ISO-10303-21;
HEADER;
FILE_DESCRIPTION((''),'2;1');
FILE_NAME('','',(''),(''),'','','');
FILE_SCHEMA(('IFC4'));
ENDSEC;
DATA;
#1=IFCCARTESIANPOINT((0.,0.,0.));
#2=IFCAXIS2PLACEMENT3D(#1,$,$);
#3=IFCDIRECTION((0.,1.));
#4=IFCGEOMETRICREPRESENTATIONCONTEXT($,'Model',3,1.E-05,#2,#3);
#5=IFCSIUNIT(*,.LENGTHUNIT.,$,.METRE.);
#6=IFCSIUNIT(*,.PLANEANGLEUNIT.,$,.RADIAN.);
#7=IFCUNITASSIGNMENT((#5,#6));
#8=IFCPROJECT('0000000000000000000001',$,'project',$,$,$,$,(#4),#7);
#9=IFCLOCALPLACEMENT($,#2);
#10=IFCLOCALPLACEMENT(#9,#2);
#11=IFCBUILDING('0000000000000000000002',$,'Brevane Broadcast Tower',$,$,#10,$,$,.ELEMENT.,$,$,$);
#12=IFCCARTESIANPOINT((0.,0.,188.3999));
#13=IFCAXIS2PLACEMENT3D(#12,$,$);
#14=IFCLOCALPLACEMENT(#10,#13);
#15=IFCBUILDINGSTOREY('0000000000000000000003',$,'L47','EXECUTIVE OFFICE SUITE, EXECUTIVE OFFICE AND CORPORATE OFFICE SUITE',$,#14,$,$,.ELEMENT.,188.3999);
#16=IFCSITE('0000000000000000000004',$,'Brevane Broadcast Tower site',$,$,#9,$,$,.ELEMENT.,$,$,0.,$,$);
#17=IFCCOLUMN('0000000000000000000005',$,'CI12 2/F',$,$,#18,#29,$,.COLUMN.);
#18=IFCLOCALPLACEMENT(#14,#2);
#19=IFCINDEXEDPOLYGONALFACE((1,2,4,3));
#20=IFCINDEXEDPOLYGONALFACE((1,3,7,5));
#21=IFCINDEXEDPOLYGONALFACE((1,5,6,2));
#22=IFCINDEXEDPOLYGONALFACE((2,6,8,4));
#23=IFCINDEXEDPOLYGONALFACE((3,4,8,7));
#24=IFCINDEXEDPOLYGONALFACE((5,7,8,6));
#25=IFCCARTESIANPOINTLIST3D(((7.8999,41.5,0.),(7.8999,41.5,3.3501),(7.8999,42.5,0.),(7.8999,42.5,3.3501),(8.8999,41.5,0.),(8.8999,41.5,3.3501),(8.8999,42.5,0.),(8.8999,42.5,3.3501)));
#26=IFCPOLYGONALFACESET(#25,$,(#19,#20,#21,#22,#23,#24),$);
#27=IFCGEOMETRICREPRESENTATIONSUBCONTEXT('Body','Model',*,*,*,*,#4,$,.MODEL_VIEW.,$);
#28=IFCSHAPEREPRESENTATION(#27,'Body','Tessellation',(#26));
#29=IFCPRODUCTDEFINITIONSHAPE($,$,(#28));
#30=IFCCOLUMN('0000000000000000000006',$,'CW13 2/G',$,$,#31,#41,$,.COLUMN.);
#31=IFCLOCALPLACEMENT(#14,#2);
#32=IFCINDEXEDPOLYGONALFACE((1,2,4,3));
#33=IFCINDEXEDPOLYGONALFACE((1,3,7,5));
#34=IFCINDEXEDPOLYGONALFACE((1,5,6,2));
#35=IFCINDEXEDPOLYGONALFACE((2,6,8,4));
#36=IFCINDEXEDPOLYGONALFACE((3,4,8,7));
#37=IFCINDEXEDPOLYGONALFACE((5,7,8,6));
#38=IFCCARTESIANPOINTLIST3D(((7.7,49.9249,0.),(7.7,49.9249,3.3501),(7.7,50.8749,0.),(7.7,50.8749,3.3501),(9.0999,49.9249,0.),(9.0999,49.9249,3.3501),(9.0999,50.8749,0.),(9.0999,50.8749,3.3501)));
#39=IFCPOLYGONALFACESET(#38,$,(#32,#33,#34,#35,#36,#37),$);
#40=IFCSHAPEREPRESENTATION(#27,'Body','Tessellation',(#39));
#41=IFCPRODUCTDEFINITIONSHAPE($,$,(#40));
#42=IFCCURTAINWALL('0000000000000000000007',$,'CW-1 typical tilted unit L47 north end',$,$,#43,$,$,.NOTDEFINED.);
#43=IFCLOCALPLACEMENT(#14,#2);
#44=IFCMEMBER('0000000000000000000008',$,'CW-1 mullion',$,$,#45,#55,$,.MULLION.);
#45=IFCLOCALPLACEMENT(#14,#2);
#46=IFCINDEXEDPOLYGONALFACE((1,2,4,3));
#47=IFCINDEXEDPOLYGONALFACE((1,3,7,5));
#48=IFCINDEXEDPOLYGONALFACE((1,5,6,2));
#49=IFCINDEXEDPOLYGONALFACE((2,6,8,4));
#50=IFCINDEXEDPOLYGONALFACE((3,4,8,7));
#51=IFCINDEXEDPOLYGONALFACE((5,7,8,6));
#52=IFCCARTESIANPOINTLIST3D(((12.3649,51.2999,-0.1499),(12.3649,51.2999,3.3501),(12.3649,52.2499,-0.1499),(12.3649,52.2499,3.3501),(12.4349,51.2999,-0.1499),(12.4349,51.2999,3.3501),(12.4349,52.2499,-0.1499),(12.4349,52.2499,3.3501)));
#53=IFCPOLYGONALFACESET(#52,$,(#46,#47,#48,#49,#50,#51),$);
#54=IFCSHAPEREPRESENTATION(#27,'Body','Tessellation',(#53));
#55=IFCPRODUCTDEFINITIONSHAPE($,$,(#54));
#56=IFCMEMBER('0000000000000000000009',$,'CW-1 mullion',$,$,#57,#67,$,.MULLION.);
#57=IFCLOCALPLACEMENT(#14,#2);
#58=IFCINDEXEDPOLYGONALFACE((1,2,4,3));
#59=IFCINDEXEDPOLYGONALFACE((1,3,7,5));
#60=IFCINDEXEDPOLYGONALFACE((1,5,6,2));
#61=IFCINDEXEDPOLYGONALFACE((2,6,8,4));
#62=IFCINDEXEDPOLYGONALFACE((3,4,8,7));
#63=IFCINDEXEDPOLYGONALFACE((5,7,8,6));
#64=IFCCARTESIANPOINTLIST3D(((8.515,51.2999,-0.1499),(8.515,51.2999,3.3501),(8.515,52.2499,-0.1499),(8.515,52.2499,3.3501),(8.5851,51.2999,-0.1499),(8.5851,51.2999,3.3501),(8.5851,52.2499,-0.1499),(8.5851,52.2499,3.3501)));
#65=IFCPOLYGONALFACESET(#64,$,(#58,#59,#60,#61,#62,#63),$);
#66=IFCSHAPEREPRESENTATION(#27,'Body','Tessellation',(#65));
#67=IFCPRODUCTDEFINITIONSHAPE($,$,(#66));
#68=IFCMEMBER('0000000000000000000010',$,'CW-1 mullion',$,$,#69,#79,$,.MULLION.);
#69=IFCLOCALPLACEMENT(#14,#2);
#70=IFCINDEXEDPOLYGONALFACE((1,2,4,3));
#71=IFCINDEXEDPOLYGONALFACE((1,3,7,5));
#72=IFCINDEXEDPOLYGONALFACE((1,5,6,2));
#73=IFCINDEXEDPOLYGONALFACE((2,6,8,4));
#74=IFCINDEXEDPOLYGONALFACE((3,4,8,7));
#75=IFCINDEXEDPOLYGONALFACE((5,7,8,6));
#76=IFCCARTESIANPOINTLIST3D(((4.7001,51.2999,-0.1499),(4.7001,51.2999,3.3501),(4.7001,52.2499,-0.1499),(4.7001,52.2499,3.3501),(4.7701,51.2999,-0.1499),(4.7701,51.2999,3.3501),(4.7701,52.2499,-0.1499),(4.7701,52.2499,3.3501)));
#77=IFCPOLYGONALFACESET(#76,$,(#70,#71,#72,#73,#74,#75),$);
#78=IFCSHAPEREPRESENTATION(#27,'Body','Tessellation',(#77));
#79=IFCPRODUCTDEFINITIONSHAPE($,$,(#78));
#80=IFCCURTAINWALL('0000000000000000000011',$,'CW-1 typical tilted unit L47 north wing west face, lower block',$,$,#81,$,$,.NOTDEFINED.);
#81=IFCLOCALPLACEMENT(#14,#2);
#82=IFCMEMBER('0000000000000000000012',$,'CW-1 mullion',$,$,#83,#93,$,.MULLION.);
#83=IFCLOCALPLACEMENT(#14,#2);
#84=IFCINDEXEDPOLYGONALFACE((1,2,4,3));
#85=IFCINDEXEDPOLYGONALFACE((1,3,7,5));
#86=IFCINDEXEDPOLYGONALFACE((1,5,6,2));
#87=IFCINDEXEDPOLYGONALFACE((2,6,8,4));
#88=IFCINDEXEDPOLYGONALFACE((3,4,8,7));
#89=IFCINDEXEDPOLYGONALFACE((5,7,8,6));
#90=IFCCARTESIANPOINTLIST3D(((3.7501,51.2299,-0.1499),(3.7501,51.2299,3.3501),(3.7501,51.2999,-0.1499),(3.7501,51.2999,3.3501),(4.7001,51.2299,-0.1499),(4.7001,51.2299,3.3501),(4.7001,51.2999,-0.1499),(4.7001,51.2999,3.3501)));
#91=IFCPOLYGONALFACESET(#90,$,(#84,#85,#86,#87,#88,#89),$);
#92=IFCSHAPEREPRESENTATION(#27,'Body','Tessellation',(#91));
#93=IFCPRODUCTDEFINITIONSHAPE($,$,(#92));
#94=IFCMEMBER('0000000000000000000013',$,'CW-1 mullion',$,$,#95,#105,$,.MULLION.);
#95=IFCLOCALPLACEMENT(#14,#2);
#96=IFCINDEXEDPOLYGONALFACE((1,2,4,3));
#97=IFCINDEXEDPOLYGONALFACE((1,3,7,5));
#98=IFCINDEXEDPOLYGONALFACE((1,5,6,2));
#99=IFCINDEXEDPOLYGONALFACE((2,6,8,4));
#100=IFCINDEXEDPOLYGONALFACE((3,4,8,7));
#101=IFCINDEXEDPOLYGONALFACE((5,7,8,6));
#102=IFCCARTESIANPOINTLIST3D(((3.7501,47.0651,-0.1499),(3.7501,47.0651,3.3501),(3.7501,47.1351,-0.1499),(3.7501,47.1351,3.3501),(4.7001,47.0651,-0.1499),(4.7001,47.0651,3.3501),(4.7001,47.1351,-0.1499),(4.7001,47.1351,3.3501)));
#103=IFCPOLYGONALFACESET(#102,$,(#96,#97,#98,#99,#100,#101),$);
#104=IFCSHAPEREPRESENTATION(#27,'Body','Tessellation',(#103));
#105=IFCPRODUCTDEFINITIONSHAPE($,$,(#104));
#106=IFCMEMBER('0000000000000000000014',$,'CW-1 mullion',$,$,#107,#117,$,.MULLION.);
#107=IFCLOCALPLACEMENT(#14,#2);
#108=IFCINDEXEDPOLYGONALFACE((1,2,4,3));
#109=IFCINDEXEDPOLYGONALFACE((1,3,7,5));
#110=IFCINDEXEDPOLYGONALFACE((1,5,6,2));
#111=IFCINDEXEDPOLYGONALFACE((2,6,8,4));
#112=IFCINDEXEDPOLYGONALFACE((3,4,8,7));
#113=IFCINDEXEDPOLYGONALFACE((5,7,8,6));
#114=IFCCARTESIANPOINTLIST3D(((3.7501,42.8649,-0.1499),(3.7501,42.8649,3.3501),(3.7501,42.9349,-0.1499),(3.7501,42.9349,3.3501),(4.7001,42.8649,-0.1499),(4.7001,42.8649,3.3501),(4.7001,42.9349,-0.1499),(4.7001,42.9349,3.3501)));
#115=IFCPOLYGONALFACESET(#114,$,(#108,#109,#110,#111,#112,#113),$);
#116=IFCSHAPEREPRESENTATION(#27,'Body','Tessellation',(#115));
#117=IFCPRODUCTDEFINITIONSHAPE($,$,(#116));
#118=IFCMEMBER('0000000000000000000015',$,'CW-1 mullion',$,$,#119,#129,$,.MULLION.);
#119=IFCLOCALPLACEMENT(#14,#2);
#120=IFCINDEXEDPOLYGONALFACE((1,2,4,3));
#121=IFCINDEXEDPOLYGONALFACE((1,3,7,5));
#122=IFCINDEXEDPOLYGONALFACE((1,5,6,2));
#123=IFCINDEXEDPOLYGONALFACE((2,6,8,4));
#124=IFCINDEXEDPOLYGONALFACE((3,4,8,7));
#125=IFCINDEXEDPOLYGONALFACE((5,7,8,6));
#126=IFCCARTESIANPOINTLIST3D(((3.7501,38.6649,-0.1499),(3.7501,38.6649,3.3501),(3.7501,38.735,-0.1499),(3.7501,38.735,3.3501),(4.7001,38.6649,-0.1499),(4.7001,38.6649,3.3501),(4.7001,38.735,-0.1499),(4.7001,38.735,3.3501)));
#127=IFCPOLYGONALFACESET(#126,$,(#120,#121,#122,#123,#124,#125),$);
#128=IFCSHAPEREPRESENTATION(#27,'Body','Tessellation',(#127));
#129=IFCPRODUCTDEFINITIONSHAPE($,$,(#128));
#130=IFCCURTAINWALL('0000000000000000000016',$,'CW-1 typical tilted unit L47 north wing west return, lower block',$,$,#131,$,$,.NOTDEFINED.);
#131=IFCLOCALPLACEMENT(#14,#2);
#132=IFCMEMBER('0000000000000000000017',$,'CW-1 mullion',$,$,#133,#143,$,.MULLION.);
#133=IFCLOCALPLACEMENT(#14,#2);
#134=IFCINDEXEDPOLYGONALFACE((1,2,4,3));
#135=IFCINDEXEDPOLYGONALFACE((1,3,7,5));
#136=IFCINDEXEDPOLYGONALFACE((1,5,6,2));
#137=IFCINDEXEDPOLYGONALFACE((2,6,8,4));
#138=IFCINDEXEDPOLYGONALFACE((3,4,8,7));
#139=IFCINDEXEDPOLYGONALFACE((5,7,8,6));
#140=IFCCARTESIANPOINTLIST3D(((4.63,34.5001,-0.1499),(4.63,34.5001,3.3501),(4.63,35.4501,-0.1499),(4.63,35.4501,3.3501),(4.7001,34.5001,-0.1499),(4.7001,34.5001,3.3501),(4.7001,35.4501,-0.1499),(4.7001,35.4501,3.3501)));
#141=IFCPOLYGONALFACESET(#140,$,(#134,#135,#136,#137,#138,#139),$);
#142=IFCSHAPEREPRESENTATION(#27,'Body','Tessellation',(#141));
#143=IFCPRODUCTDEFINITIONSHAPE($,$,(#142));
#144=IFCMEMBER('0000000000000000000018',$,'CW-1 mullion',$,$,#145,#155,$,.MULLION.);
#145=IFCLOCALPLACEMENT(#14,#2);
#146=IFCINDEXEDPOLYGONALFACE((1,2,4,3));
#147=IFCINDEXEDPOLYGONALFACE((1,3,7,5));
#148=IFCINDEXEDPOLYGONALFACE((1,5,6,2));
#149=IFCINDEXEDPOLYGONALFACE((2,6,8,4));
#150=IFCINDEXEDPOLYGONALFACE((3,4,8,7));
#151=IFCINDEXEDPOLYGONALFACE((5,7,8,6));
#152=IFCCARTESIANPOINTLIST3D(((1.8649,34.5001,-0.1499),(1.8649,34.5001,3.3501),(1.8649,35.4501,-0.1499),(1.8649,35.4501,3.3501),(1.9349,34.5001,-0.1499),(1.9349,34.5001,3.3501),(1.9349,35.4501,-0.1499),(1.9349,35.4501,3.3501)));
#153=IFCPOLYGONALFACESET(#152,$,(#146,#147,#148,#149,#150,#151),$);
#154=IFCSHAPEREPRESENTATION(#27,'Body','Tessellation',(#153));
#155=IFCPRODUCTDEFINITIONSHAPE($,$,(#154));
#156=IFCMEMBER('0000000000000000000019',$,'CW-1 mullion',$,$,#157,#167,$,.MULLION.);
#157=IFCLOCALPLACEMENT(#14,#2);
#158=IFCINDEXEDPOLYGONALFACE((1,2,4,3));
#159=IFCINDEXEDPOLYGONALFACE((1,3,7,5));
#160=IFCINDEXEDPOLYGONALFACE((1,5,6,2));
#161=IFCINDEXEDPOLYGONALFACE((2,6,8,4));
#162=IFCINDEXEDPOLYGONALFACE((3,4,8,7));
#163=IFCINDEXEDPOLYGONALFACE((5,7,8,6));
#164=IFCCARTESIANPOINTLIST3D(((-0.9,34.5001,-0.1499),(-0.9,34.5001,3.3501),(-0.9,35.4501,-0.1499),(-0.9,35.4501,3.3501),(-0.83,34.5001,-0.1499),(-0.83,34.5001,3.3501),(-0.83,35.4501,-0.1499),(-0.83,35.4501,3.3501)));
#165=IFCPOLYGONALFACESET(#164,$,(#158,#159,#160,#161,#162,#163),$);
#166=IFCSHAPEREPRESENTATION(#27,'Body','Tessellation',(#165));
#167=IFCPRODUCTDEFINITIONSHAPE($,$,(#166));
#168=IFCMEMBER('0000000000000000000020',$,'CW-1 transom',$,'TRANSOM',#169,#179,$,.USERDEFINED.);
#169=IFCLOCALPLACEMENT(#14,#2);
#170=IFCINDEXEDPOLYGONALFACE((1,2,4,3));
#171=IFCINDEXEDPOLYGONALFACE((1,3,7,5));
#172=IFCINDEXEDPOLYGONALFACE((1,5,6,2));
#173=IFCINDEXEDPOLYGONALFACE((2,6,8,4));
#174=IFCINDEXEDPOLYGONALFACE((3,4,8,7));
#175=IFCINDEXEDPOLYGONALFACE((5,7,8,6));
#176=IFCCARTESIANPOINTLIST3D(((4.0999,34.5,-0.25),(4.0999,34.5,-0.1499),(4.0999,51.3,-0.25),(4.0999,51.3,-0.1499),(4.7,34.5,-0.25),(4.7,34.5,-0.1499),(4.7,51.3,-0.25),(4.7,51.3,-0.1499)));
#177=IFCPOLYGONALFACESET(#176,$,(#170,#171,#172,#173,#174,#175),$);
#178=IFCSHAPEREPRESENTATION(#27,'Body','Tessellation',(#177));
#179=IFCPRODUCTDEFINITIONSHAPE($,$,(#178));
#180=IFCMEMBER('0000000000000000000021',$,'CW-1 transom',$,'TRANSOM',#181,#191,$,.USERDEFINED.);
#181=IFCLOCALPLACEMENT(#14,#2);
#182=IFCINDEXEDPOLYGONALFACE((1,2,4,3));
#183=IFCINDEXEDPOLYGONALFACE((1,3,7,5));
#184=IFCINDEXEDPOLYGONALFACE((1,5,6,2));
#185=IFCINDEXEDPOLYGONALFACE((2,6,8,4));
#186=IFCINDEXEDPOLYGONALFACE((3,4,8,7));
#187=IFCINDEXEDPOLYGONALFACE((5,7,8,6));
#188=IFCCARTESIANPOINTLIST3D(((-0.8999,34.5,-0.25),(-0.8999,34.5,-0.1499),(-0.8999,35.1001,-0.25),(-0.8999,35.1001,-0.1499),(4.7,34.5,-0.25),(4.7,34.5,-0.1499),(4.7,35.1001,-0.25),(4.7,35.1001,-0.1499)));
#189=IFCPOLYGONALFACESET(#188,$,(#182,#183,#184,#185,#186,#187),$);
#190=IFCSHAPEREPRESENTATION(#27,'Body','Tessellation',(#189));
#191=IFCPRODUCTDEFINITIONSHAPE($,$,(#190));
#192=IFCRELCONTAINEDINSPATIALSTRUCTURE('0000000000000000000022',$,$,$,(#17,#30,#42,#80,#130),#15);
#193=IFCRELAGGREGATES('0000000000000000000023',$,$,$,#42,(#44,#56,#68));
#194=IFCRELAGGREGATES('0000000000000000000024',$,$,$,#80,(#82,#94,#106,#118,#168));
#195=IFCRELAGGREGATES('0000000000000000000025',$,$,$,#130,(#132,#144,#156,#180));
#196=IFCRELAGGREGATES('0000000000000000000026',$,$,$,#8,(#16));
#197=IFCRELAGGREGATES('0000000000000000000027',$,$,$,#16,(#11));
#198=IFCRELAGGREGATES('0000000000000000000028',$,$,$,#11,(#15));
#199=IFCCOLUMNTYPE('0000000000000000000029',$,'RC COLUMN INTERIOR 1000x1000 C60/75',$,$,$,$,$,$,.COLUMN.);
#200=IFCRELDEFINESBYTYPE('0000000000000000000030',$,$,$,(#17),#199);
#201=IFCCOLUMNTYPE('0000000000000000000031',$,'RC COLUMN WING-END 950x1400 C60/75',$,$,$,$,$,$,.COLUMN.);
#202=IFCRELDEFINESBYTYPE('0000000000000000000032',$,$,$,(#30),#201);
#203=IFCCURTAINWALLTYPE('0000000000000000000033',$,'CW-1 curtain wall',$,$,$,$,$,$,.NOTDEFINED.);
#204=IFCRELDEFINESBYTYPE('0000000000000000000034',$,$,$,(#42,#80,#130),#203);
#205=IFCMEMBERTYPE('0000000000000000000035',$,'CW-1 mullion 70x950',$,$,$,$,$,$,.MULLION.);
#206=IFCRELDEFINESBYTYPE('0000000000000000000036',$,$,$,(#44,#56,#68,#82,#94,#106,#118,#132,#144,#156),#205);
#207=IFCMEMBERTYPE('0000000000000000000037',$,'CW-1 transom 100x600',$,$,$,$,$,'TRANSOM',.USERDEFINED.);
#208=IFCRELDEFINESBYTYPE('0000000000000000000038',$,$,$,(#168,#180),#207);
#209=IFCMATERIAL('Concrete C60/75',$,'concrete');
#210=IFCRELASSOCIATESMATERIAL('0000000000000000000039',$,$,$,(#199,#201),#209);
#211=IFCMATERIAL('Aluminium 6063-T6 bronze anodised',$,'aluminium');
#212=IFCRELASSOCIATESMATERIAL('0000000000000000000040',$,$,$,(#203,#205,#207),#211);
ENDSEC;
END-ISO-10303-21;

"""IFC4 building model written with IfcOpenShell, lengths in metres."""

from ifc_helpers import new_model, si_unit, direction, frame, origin, origin_2d, place, context, subcontext, project, spatial, rectangle, extrude, material, material_profile, profile_set, type_object, element, aggregate, save


model = new_model("IFC4")

# Units and contexts
model_context = context("Model", 3, precision=1e-05, world=origin(), true_north=direction((0.0, 1.0)))
body_context = subcontext(model_context, "Body", "Model", "MODEL_VIEW")
ifc_project = project(units=[si_unit("LENGTHUNIT", "METRE"), si_unit("PLANEANGLEUNIT", "RADIAN")], contexts=[model_context])

# Site, building, storey
site_placement = place(None, origin())
site = spatial("IfcSite", under=ifc_project, at=site_placement, Name="Brevane Broadcast Tower site", CompositionType="ELEMENT", RefElevation=0.0)
building_placement = place(site_placement, origin())
building = spatial("IfcBuilding", under=site, at=building_placement, Name="Brevane Broadcast Tower", CompositionType="ELEMENT")
storey_placement = place(building_placement, frame((0.0, 0.0, 188.3999)))
storey = spatial("IfcBuildingStorey", under=building, at=storey_placement, Name="L47", Description="EXECUTIVE OFFICE SUITE, EXECUTIVE OFFICE AND CORPORATE OFFICE SUITE", CompositionType="ELEMENT", Elevation=188.3999)

# Columns
ifc_material_1 = material(Name="Concrete C60/75", Category="concrete")
ifc_material_profile_1 = material_profile(ifc_material_1, rectangle(XDim=1.0, YDim=1.0, at=origin_2d()), Name="RC 1000x1000")
ifc_profile_set_1 = profile_set([ifc_material_profile_1], Name="Concrete C60/75")
column_type_1 = type_object("IfcColumnType", Name="RC COLUMN INTERIOR 1000x1000 C60/75", PredefinedType="COLUMN", material=ifc_profile_set_1)
column_1_placement = place(storey_placement, frame((8.3999, 42.0, 0.0), z_axis=(0.0, 0.0, 1.0), x_axis=(1.0, 0.0, 0.0)))
element("IfcColumn", 1, at=column_1_placement, inside=storey, type_object=column_type_1, Name="CI12 2/F", PredefinedType="COLUMN", context=body_context, shape_type="SweptSolid", body=[
    extrude(rectangle(XDim=1.0, YDim=1.0, at=origin_2d()), origin(), (0.0, 0.0, 1.0), 3.3501),
])
ifc_material_profile_2 = material_profile(ifc_material_1, rectangle(XDim=0.95, YDim=1.3999, at=origin_2d()), Name="RC 950x1400")
ifc_profile_set_2 = profile_set([ifc_material_profile_2], Name="Concrete C60/75")
column_type_2 = type_object("IfcColumnType", Name="RC COLUMN WING-END 950x1400 C60/75", PredefinedType="COLUMN", material=ifc_profile_set_2)
column_2_placement = place(storey_placement, frame((8.3999, 50.3999, 0.0), z_axis=(0.0, 0.0, 1.0), x_axis=(0.0, 1.0, 0.0)))
element("IfcColumn", 2, at=column_2_placement, inside=storey, type_object=column_type_2, Name="CW13 2/G", PredefinedType="COLUMN", context=body_context, shape_type="SweptSolid", body=[
    extrude(rectangle(XDim=0.95, YDim=1.3999, at=origin_2d()), origin(), (0.0, 0.0, 1.0), 3.3501),
])

# Curtain walls, members
ifc_material_2 = material(Name="Aluminium 6063-T6 bronze anodised", Category="aluminium")
curtain_wall_type = type_object("IfcCurtainWallType", Name="CW-1 curtain wall", PredefinedType="NOTDEFINED", material=ifc_material_2)
curtain_wall_1_placement = place(storey_placement, origin())
curtain_wall_1 = element("IfcCurtainWall", 3, at=curtain_wall_1_placement, inside=storey, type_object=curtain_wall_type, Name="CW-1 typical tilted unit L47 north end", PredefinedType="NOTDEFINED")
ifc_material_profile_3 = material_profile(ifc_material_2, rectangle(XDim=0.95, YDim=0.0701, at=origin_2d()), Name="RECT 70x950")
ifc_profile_set_3 = profile_set([ifc_material_profile_3], Name="Aluminium 6063-T6 bronze anodised")
member_type_1 = type_object("IfcMemberType", Name="CW-1 mullion 70x950", PredefinedType="MULLION", material=ifc_profile_set_3)
member_1_placement = place(storey_placement, frame((12.3999, 51.7749, -0.1499), z_axis=(0.0, 0.0, 1.0), x_axis=(0.0, -1.0, 0.0)))
member_1 = element("IfcMember", 4, at=member_1_placement, type_object=member_type_1, Name="CW-1 mullion", PredefinedType="MULLION", context=body_context, shape_type="SweptSolid", body=[
    extrude(rectangle(XDim=0.95, YDim=0.0701, at=origin_2d()), origin(), (0.0, 0.0, 1.0), 3.5),
])
member_2_placement = place(storey_placement, frame((8.55, 51.7749, -0.1499), z_axis=(0.0, 0.0, 1.0), x_axis=(0.0, -1.0, 0.0)))
member_2 = element("IfcMember", 5, at=member_2_placement, type_object=member_type_1, Name="CW-1 mullion", PredefinedType="MULLION", context=body_context, shape_type="SweptSolid", body=[
    extrude(rectangle(XDim=0.95, YDim=0.0701, at=origin_2d()), origin(), (0.0, 0.0, 1.0), 3.5),
])
member_3_placement = place(storey_placement, frame((4.7351, 51.7749, -0.1499), z_axis=(0.0, 0.0, 1.0), x_axis=(0.0, -1.0, 0.0)))
member_3 = element("IfcMember", 6, at=member_3_placement, type_object=member_type_1, Name="CW-1 mullion", PredefinedType="MULLION", context=body_context, shape_type="SweptSolid", body=[
    extrude(rectangle(XDim=0.95, YDim=0.0701, at=origin_2d()), origin(), (0.0, 0.0, 1.0), 3.5),
])
aggregate(curtain_wall_1, [member_1, member_2, member_3])
curtain_wall_2_placement = place(storey_placement, origin())
curtain_wall_2 = element("IfcCurtainWall", 7, at=curtain_wall_2_placement, inside=storey, type_object=curtain_wall_type, Name="CW-1 typical tilted unit L47 north wing west face, lower block", PredefinedType="NOTDEFINED")
member_4_placement = place(storey_placement, frame((4.2251, 51.2649, -0.1499), z_axis=(0.0, 0.0, 1.0), x_axis=(1.0, 0.0, 0.0)))
member_4 = element("IfcMember", 8, at=member_4_placement, type_object=member_type_1, Name="CW-1 mullion", PredefinedType="MULLION", context=body_context, shape_type="SweptSolid", body=[
    extrude(rectangle(XDim=0.95, YDim=0.0701, at=origin_2d()), origin(), (0.0, 0.0, 1.0), 3.5),
])
member_5_placement = place(storey_placement, frame((4.2251, 47.1001, -0.1499), z_axis=(0.0, 0.0, 1.0), x_axis=(1.0, 0.0, 0.0)))
member_5 = element("IfcMember", 9, at=member_5_placement, type_object=member_type_1, Name="CW-1 mullion", PredefinedType="MULLION", context=body_context, shape_type="SweptSolid", body=[
    extrude(rectangle(XDim=0.95, YDim=0.0701, at=origin_2d()), origin(), (0.0, 0.0, 1.0), 3.5),
])
member_6_placement = place(storey_placement, frame((4.2251, 42.8999, -0.1499), z_axis=(0.0, 0.0, 1.0), x_axis=(1.0, 0.0, 0.0)))
member_6 = element("IfcMember", 10, at=member_6_placement, type_object=member_type_1, Name="CW-1 mullion", PredefinedType="MULLION", context=body_context, shape_type="SweptSolid", body=[
    extrude(rectangle(XDim=0.95, YDim=0.0701, at=origin_2d()), origin(), (0.0, 0.0, 1.0), 3.5),
])
member_7_placement = place(storey_placement, frame((4.2251, 38.7, -0.1499), z_axis=(0.0, 0.0, 1.0), x_axis=(1.0, 0.0, 0.0)))
member_7 = element("IfcMember", 11, at=member_7_placement, type_object=member_type_1, Name="CW-1 mullion", PredefinedType="MULLION", context=body_context, shape_type="SweptSolid", body=[
    extrude(rectangle(XDim=0.95, YDim=0.0701, at=origin_2d()), origin(), (0.0, 0.0, 1.0), 3.5),
])
curtain_wall_3_placement = place(storey_placement, origin())
curtain_wall_3 = element("IfcCurtainWall", 12, at=curtain_wall_3_placement, inside=storey, type_object=curtain_wall_type, Name="CW-1 typical tilted unit L47 north wing west return, lower block", PredefinedType="NOTDEFINED")
member_8_placement = place(storey_placement, frame((4.665, 34.9751, -0.1499), z_axis=(0.0, 0.0, 1.0), x_axis=(0.0, -1.0, 0.0)))
member_8 = element("IfcMember", 13, at=member_8_placement, type_object=member_type_1, Name="CW-1 mullion", PredefinedType="MULLION", context=body_context, shape_type="SweptSolid", body=[
    extrude(rectangle(XDim=0.95, YDim=0.0701, at=origin_2d()), origin(), (0.0, 0.0, 1.0), 3.5),
])
member_9_placement = place(storey_placement, frame((1.8999, 34.9751, -0.1499), z_axis=(0.0, 0.0, 1.0), x_axis=(0.0, -1.0, 0.0)))
member_9 = element("IfcMember", 14, at=member_9_placement, type_object=member_type_1, Name="CW-1 mullion", PredefinedType="MULLION", context=body_context, shape_type="SweptSolid", body=[
    extrude(rectangle(XDim=0.95, YDim=0.0701, at=origin_2d()), origin(), (0.0, 0.0, 1.0), 3.5),
])
member_10_placement = place(storey_placement, frame((-0.865, 34.9751, -0.1499), z_axis=(0.0, 0.0, 1.0), x_axis=(0.0, -1.0, 0.0)))
member_10 = element("IfcMember", 15, at=member_10_placement, type_object=member_type_1, Name="CW-1 mullion", PredefinedType="MULLION", context=body_context, shape_type="SweptSolid", body=[
    extrude(rectangle(XDim=0.95, YDim=0.0701, at=origin_2d()), origin(), (0.0, 0.0, 1.0), 3.5),
])

# Members
ifc_material_profile_4 = material_profile(ifc_material_2, rectangle(XDim=0.6001, YDim=0.1001, at=origin_2d()), Name="RECT 100x600")
ifc_profile_set_4 = profile_set([ifc_material_profile_4], Name="Aluminium 6063-T6 bronze anodised")
member_type_2 = type_object("IfcMemberType", Name="CW-1 transom 100x600", ElementType="TRANSOM", PredefinedType="USERDEFINED", material=ifc_profile_set_4)
member_11_placement = place(storey_placement, frame((4.3999, 51.3, -0.2), z_axis=(0.0, -1.0, 0.0), x_axis=(1.0, 0.0, 0.0)))
member_11 = element("IfcMember", 16, at=member_11_placement, type_object=member_type_2, Name="CW-1 transom", ObjectType="TRANSOM", PredefinedType="USERDEFINED", context=body_context, shape_type="SweptSolid", body=[
    extrude(rectangle(XDim=0.6001, YDim=0.1001, at=origin_2d()), origin(), (0.0, 0.0, 1.0), 16.8),
])
aggregate(curtain_wall_2, [member_4, member_5, member_6, member_7, member_11])
member_12_placement = place(storey_placement, frame((4.7, 34.8, -0.2), z_axis=(-1.0, 0.0, 0.0), x_axis=(0.0, -1.0, 0.0)))
member_12 = element("IfcMember", 17, at=member_12_placement, type_object=member_type_2, Name="CW-1 transom", ObjectType="TRANSOM", PredefinedType="USERDEFINED", context=body_context, shape_type="SweptSolid", body=[
    extrude(rectangle(XDim=0.6001, YDim=0.1001, at=origin_2d()), origin(), (0.0, 0.0, 1.0), 5.5999),
])
aggregate(curtain_wall_3, [member_8, member_9, member_10, member_12])

save(model, "model.ifc")
